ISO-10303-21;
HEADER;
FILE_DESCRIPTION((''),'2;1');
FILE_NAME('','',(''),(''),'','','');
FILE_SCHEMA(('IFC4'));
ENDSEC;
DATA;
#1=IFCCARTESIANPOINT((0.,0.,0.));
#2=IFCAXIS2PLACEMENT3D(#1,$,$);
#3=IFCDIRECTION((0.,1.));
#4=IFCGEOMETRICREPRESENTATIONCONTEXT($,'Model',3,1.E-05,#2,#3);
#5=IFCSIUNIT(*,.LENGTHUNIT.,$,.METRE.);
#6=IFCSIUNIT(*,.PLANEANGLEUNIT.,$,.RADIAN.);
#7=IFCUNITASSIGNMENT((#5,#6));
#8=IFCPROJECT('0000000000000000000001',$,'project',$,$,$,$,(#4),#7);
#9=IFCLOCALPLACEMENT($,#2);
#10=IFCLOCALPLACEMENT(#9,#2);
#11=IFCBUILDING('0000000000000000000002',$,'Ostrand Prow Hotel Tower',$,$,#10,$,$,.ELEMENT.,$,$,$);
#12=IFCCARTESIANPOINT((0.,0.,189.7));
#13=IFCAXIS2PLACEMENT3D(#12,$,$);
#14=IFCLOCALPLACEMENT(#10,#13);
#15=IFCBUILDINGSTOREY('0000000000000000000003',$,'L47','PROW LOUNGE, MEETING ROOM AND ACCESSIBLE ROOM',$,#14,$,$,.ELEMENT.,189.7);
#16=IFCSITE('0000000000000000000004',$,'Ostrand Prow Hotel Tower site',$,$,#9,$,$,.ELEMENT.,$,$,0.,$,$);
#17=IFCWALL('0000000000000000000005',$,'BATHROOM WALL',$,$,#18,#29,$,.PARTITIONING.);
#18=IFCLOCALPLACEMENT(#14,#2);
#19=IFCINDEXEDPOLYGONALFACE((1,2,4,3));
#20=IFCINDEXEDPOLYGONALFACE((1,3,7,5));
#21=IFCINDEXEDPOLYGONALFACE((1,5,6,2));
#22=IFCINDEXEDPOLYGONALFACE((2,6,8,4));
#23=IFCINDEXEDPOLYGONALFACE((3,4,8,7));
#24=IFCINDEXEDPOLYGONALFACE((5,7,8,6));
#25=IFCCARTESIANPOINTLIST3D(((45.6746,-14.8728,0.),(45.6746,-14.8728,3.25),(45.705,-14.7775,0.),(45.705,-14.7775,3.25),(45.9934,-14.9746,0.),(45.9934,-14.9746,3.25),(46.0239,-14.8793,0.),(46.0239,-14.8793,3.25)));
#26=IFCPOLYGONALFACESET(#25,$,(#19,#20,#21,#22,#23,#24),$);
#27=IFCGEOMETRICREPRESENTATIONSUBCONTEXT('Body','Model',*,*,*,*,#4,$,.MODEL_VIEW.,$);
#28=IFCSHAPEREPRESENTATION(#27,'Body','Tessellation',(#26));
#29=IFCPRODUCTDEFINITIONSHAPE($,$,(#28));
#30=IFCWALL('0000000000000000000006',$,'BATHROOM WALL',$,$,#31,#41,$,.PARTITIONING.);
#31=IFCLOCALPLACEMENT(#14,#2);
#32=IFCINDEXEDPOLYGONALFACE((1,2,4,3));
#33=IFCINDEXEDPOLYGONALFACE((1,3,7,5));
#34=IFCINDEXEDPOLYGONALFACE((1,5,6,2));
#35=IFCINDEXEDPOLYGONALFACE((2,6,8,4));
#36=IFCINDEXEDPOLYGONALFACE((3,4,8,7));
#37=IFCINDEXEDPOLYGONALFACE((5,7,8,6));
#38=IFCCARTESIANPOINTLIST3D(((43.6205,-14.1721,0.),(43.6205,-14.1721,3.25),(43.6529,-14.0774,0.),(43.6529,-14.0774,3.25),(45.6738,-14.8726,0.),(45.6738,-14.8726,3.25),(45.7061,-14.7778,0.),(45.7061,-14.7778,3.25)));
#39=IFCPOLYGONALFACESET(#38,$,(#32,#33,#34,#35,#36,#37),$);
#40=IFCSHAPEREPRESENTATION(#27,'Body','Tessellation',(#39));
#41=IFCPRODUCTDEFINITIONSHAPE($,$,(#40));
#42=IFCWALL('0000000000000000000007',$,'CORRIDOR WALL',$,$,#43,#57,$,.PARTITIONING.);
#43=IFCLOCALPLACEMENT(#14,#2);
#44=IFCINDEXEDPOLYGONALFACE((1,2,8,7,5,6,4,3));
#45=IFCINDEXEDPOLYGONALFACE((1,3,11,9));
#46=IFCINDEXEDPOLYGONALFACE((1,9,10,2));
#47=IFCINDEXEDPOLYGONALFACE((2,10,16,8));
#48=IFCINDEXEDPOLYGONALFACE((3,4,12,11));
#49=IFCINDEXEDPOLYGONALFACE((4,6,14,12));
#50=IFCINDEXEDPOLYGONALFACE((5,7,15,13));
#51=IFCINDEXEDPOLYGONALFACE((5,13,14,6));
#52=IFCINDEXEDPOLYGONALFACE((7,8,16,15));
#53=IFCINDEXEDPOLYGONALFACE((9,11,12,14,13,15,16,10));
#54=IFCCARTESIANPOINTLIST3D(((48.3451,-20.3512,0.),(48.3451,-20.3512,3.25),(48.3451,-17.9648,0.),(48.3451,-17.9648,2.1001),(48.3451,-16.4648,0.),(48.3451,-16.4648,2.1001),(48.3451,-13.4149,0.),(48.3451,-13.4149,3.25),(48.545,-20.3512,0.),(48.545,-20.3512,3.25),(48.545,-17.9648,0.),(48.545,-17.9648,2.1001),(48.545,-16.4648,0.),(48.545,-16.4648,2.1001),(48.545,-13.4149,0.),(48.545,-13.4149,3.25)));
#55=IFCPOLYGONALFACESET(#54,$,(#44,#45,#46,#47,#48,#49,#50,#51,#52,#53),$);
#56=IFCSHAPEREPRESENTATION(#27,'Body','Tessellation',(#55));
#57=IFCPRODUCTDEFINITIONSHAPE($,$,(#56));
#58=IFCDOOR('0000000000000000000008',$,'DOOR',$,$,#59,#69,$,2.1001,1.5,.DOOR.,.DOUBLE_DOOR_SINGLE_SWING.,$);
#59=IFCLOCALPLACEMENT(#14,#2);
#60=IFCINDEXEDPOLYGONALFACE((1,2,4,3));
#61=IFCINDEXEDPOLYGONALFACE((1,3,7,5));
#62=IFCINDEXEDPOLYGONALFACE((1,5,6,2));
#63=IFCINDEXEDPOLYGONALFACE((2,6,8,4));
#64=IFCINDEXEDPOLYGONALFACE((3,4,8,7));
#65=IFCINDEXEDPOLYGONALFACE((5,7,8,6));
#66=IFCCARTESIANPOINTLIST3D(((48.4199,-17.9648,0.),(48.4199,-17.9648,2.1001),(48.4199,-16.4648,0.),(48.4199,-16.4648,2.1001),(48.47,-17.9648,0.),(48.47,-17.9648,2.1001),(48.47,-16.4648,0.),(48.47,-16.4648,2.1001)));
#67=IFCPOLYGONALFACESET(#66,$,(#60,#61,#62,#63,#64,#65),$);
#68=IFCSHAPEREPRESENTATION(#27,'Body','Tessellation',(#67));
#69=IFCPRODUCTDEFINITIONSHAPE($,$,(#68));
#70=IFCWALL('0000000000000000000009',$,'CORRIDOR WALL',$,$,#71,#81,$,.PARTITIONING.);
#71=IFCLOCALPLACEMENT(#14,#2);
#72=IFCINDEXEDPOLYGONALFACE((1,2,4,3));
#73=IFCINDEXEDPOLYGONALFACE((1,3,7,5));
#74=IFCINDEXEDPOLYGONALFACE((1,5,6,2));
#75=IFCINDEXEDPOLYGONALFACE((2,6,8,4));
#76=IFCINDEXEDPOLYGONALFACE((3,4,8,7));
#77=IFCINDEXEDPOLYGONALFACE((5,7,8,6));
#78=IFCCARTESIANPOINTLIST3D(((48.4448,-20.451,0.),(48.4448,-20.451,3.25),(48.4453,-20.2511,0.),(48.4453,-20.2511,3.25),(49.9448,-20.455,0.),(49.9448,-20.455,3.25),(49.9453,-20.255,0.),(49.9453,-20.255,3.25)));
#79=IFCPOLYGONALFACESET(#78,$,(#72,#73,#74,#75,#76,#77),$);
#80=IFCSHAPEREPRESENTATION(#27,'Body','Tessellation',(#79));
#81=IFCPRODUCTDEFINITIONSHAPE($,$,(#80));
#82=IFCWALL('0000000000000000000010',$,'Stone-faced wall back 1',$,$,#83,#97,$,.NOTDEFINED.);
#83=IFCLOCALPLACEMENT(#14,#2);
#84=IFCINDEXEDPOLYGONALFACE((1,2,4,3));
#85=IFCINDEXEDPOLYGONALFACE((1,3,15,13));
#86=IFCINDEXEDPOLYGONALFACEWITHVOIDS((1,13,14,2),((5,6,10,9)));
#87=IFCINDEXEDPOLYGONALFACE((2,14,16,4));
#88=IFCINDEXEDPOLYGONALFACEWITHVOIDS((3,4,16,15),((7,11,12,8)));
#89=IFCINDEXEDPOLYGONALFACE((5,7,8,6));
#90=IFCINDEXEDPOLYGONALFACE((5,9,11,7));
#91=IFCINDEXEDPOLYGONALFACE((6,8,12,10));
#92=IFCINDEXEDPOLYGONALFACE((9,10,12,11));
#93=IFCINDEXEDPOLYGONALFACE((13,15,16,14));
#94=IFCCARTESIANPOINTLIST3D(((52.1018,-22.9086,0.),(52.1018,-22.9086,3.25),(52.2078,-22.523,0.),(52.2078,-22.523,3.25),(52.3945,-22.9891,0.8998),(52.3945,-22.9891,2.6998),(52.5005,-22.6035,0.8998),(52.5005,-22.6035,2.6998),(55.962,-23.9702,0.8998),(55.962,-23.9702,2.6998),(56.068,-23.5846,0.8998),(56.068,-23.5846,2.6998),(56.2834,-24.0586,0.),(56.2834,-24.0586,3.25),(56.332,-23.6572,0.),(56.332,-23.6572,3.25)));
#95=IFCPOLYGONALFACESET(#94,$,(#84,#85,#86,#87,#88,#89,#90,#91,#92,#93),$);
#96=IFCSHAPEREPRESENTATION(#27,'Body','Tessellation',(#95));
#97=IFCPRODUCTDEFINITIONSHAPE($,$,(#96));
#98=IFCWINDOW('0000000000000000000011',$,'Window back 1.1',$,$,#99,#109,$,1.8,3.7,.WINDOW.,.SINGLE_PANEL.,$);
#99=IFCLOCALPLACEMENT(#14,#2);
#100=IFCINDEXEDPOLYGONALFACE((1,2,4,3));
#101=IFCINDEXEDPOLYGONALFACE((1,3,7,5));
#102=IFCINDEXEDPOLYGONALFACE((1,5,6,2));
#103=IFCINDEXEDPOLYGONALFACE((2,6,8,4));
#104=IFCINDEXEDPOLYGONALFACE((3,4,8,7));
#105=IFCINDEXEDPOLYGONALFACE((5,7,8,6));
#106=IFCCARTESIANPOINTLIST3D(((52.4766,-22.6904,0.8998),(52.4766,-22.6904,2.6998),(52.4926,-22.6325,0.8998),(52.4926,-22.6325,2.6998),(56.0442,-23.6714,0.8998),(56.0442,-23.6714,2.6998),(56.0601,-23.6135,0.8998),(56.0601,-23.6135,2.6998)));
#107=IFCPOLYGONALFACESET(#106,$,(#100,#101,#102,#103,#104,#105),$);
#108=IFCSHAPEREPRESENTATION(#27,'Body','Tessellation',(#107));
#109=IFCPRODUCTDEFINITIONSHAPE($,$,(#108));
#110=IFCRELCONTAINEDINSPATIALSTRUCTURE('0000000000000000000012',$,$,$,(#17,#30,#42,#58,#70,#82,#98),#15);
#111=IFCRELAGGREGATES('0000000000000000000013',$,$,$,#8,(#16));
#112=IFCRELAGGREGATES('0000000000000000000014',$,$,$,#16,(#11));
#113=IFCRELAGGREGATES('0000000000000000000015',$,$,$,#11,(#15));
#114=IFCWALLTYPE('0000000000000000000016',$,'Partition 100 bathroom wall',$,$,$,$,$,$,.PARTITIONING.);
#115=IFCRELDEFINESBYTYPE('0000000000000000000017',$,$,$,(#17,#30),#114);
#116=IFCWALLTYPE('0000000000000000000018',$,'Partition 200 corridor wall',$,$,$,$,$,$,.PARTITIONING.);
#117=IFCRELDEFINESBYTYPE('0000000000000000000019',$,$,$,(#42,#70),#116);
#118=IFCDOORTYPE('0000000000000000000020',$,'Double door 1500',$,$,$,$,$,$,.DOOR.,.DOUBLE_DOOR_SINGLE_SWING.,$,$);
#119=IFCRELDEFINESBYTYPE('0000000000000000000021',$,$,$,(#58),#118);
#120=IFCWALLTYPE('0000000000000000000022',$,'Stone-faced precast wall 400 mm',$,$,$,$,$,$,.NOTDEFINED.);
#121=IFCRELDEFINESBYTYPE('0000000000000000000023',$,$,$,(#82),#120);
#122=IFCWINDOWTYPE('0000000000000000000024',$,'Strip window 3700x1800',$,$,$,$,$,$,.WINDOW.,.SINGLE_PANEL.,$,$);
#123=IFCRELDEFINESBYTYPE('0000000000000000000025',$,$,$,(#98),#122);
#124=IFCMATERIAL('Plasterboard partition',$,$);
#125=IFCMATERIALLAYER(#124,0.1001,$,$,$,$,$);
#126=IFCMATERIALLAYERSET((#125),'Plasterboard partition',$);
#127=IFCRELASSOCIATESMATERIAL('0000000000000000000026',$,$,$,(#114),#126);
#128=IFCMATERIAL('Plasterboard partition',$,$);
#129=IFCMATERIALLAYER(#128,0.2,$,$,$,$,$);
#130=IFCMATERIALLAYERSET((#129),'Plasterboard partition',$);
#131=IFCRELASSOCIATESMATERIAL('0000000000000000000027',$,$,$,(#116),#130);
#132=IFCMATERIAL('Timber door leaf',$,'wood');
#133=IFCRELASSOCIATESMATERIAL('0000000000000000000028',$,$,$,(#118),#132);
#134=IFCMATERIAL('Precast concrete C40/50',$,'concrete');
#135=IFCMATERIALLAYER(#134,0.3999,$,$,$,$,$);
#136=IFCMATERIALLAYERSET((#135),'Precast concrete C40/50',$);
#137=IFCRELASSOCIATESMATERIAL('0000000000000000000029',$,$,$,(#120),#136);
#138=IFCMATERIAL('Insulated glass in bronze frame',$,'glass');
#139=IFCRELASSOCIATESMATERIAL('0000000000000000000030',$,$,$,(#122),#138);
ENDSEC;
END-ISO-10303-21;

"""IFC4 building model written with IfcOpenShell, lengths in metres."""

from ifc_helpers import new_model, si_unit, direction, frame, frame_2d, origin, place, context, subcontext, project, spatial, polyline, rectangle, outline, extrude, material, layer, layer_set, type_object, element, fill, save


model = new_model("IFC4")

# Units and contexts
model_context = context("Model", 3, precision=1e-05, world=origin(), true_north=direction((0.0, 1.0)))
body_context = subcontext(model_context, "Body", "Model", "MODEL_VIEW")
ifc_project = project(units=[si_unit("LENGTHUNIT", "METRE"), si_unit("PLANEANGLEUNIT", "RADIAN")], contexts=[model_context])

# Site, building, storey
site_placement = place(None, origin())
site = spatial("IfcSite", under=ifc_project, at=site_placement, Name="Ostrand Prow Hotel Tower site", CompositionType="ELEMENT", RefElevation=0.0)
building_placement = place(site_placement, origin())
building = spatial("IfcBuilding", under=site, at=building_placement, Name="Ostrand Prow Hotel Tower", CompositionType="ELEMENT")
storey_placement = place(building_placement, frame((0.0, 0.0, 189.7)))
storey = spatial("IfcBuildingStorey", under=building, at=storey_placement, Name="L47", Description="PROW LOUNGE, MEETING ROOM AND ACCESSIBLE ROOM", CompositionType="ELEMENT", Elevation=189.7)

# Walls
ifc_material_1 = material(Name="Plasterboard partition")
ifc_layer_1 = layer(ifc_material_1, 0.1001)
ifc_layer_set_1 = layer_set([ifc_layer_1], Name="Plasterboard partition")
wall_type_1 = type_object("IfcWallType", Name="Partition 100 bathroom wall", PredefinedType="PARTITIONING", material=ifc_layer_set_1)
wall_1_placement = place(storey_placement, frame((46.0088, -14.927, 0.0), z_axis=(0.0, 0.0, 1.0), x_axis=(-0.952619, 0.304167, 0.0)))
element("IfcWall", 1, at=wall_1_placement, inside=storey, type_object=wall_type_1, Name="BATHROOM WALL", PredefinedType="PARTITIONING", context=body_context, shape_type="SweptSolid", body=[
    extrude(rectangle(XDim=0.3347, YDim=0.1001, at=frame_2d((0.1675, 0.0))), origin(), (0.0, 0.0, 1.0), 3.25),
])
wall_2_placement = place(storey_placement, frame((45.6899, -14.8252, 0.0), z_axis=(0.0, 0.0, 1.0), x_axis=(-0.946443, 0.322871, 0.0)))
element("IfcWall", 2, at=wall_2_placement, inside=storey, type_object=wall_type_1, Name="BATHROOM WALL", PredefinedType="PARTITIONING", context=body_context, shape_type="SweptSolid", body=[
    extrude(rectangle(XDim=2.1694, YDim=0.1001, at=frame_2d((1.0847, 0.0))), origin(), (0.0, 0.0, 1.0), 3.25),
])

# Wall, opening, door
ifc_material_2 = material(Name="Plasterboard partition")
ifc_layer_2 = layer(ifc_material_2, 0.2)
ifc_layer_set_2 = layer_set([ifc_layer_2], Name="Plasterboard partition")
wall_type_2 = type_object("IfcWallType", Name="Partition 200 corridor wall", PredefinedType="PARTITIONING", material=ifc_layer_set_2)
wall_3_placement = place(storey_placement, frame((48.4451, -13.4148, 0.0), z_axis=(0.0, 0.0, 1.0), x_axis=(0.0, -1.0, 0.0)))
wall_3 = element("IfcWall", 3, at=wall_3_placement, inside=storey, type_object=wall_type_2, Name="CORRIDOR WALL", PredefinedType="PARTITIONING", context=body_context, shape_type="SweptSolid", body=[
    extrude(rectangle(XDim=6.9363, YDim=0.2, at=frame_2d((3.4683, 0.0))), origin(), (0.0, 0.0, 1.0), 3.25),
])
opening_1_placement = place(wall_3_placement, frame((3.05, 0.0, 0.0)))
opening_1 = element("IfcOpeningElement", 4, at=opening_1_placement, cuts=wall_3, PredefinedType="OPENING", context=body_context, shape_type="SweptSolid", body=[
    extrude(rectangle(XDim=1.5, YDim=2.1001, at=frame_2d((0.75, 1.05))), frame((0.0, 0.1099, 0.0), z_axis=(0.0, -1.0, 0.0), x_axis=(1.0, 0.0, 0.0)), (0.0, 0.0, 1.0), 0.22),
])
ifc_material_3 = material(Name="Timber door leaf", Category="wood")
door_type_1 = type_object("IfcDoorType", Name="Double door 1500", OperationType="DOUBLE_DOOR_SINGLE_SWING", PredefinedType="DOOR", material=ifc_material_3)
door_1_placement = place(opening_1_placement, origin())
door_1 = element("IfcDoor", 5, at=door_1_placement, inside=storey, type_object=door_type_1, Name="DOOR", OperationType="DOUBLE_DOOR_SINGLE_SWING", OverallHeight=2.1001, OverallWidth=1.5, PredefinedType="DOOR", context=body_context, shape_type="SweptSolid", body=[
    extrude(rectangle(XDim=1.5, YDim=2.1001, at=frame_2d((0.75, 1.05))), frame((0.0, 0.0249, 0.0), z_axis=(0.0, -1.0, 0.0), x_axis=(1.0, 0.0, 0.0)), (0.0, 0.0, 1.0), 0.05),
])
fill(opening_1, door_1)

# Wall
wall_4_placement = place(storey_placement, frame((48.4451, -20.3511, 0.0), z_axis=(0.0, 0.0, 1.0), x_axis=(0.999997, -0.002604, 0.0)))
element("IfcWall", 6, at=wall_4_placement, inside=storey, type_object=wall_type_2, Name="CORRIDOR WALL", PredefinedType="PARTITIONING", context=body_context, shape_type="SweptSolid", body=[
    extrude(rectangle(XDim=1.5, YDim=0.2, at=frame_2d((0.75, 0.0))), origin(), (0.0, 0.0, 1.0), 3.25),
])

# Wall, opening, window
ifc_material_4 = material(Name="Precast concrete C40/50", Category="concrete")
ifc_layer_3 = layer(ifc_material_4, 0.3999)
ifc_layer_set_3 = layer_set([ifc_layer_3], Name="Precast concrete C40/50")
wall_type_3 = type_object("IfcWallType", Name="Stone-faced precast wall 400 mm", PredefinedType="NOTDEFINED", material=ifc_layer_set_3)
wall_5_placement = place(storey_placement, frame((52.1548, -22.7158, 0.0), z_axis=(0.0, 0.0, 1.0), x_axis=(0.964206, -0.265155, 0.0)))
wall_5 = element("IfcWall", 7, at=wall_5_placement, inside=storey, type_object=wall_type_3, Name="Stone-faced wall back 1", PredefinedType="NOTDEFINED", context=body_context, shape_type="SweptSolid", body=[
    extrude(outline(polyline([(0.0, -0.2), (4.3369, -0.2), (4.2773, 0.2), (0.0, 0.2), (0.0, -0.2)])), origin(), (0.0, 0.0, 1.0), 3.25),
])
opening_2_placement = place(wall_5_placement, frame((0.3035, 0.0, 0.8999)))
opening_2 = element("IfcOpeningElement", 8, at=opening_2_placement, cuts=wall_5, PredefinedType="OPENING", context=body_context, shape_type="SweptSolid", body=[
    extrude(rectangle(XDim=3.7, YDim=1.8, at=frame_2d((1.8501, 0.8999))), frame((0.0, 0.21, 0.0), z_axis=(0.0, -1.0, 0.0), x_axis=(1.0, 0.0, 0.0)), (0.0, 0.0, 1.0), 0.4199),
])
ifc_material_5 = material(Name="Insulated glass in bronze frame", Category="glass")
window_type = type_object("IfcWindowType", Name="Strip window 3700x1800", PartitioningType="SINGLE_PANEL", PredefinedType="WINDOW", material=ifc_material_5)
window_placement = place(opening_2_placement, origin())
window = element("IfcWindow", 9, at=window_placement, inside=storey, type_object=window_type, Name="Window back 1.1", OverallHeight=1.8, OverallWidth=3.7, PartitioningType="SINGLE_PANEL", PredefinedType="WINDOW", context=body_context, shape_type="SweptSolid", body=[
    extrude(rectangle(XDim=3.7, YDim=1.8, at=frame_2d((1.8501, 0.8999))), frame((0.0, 0.1699, 0.0), z_axis=(0.0, -1.0, 0.0), x_axis=(1.0, 0.0, 0.0)), (0.0, 0.0, 1.0), 0.0601),
])
fill(opening_2, window)

save(model, "model.ifc")
